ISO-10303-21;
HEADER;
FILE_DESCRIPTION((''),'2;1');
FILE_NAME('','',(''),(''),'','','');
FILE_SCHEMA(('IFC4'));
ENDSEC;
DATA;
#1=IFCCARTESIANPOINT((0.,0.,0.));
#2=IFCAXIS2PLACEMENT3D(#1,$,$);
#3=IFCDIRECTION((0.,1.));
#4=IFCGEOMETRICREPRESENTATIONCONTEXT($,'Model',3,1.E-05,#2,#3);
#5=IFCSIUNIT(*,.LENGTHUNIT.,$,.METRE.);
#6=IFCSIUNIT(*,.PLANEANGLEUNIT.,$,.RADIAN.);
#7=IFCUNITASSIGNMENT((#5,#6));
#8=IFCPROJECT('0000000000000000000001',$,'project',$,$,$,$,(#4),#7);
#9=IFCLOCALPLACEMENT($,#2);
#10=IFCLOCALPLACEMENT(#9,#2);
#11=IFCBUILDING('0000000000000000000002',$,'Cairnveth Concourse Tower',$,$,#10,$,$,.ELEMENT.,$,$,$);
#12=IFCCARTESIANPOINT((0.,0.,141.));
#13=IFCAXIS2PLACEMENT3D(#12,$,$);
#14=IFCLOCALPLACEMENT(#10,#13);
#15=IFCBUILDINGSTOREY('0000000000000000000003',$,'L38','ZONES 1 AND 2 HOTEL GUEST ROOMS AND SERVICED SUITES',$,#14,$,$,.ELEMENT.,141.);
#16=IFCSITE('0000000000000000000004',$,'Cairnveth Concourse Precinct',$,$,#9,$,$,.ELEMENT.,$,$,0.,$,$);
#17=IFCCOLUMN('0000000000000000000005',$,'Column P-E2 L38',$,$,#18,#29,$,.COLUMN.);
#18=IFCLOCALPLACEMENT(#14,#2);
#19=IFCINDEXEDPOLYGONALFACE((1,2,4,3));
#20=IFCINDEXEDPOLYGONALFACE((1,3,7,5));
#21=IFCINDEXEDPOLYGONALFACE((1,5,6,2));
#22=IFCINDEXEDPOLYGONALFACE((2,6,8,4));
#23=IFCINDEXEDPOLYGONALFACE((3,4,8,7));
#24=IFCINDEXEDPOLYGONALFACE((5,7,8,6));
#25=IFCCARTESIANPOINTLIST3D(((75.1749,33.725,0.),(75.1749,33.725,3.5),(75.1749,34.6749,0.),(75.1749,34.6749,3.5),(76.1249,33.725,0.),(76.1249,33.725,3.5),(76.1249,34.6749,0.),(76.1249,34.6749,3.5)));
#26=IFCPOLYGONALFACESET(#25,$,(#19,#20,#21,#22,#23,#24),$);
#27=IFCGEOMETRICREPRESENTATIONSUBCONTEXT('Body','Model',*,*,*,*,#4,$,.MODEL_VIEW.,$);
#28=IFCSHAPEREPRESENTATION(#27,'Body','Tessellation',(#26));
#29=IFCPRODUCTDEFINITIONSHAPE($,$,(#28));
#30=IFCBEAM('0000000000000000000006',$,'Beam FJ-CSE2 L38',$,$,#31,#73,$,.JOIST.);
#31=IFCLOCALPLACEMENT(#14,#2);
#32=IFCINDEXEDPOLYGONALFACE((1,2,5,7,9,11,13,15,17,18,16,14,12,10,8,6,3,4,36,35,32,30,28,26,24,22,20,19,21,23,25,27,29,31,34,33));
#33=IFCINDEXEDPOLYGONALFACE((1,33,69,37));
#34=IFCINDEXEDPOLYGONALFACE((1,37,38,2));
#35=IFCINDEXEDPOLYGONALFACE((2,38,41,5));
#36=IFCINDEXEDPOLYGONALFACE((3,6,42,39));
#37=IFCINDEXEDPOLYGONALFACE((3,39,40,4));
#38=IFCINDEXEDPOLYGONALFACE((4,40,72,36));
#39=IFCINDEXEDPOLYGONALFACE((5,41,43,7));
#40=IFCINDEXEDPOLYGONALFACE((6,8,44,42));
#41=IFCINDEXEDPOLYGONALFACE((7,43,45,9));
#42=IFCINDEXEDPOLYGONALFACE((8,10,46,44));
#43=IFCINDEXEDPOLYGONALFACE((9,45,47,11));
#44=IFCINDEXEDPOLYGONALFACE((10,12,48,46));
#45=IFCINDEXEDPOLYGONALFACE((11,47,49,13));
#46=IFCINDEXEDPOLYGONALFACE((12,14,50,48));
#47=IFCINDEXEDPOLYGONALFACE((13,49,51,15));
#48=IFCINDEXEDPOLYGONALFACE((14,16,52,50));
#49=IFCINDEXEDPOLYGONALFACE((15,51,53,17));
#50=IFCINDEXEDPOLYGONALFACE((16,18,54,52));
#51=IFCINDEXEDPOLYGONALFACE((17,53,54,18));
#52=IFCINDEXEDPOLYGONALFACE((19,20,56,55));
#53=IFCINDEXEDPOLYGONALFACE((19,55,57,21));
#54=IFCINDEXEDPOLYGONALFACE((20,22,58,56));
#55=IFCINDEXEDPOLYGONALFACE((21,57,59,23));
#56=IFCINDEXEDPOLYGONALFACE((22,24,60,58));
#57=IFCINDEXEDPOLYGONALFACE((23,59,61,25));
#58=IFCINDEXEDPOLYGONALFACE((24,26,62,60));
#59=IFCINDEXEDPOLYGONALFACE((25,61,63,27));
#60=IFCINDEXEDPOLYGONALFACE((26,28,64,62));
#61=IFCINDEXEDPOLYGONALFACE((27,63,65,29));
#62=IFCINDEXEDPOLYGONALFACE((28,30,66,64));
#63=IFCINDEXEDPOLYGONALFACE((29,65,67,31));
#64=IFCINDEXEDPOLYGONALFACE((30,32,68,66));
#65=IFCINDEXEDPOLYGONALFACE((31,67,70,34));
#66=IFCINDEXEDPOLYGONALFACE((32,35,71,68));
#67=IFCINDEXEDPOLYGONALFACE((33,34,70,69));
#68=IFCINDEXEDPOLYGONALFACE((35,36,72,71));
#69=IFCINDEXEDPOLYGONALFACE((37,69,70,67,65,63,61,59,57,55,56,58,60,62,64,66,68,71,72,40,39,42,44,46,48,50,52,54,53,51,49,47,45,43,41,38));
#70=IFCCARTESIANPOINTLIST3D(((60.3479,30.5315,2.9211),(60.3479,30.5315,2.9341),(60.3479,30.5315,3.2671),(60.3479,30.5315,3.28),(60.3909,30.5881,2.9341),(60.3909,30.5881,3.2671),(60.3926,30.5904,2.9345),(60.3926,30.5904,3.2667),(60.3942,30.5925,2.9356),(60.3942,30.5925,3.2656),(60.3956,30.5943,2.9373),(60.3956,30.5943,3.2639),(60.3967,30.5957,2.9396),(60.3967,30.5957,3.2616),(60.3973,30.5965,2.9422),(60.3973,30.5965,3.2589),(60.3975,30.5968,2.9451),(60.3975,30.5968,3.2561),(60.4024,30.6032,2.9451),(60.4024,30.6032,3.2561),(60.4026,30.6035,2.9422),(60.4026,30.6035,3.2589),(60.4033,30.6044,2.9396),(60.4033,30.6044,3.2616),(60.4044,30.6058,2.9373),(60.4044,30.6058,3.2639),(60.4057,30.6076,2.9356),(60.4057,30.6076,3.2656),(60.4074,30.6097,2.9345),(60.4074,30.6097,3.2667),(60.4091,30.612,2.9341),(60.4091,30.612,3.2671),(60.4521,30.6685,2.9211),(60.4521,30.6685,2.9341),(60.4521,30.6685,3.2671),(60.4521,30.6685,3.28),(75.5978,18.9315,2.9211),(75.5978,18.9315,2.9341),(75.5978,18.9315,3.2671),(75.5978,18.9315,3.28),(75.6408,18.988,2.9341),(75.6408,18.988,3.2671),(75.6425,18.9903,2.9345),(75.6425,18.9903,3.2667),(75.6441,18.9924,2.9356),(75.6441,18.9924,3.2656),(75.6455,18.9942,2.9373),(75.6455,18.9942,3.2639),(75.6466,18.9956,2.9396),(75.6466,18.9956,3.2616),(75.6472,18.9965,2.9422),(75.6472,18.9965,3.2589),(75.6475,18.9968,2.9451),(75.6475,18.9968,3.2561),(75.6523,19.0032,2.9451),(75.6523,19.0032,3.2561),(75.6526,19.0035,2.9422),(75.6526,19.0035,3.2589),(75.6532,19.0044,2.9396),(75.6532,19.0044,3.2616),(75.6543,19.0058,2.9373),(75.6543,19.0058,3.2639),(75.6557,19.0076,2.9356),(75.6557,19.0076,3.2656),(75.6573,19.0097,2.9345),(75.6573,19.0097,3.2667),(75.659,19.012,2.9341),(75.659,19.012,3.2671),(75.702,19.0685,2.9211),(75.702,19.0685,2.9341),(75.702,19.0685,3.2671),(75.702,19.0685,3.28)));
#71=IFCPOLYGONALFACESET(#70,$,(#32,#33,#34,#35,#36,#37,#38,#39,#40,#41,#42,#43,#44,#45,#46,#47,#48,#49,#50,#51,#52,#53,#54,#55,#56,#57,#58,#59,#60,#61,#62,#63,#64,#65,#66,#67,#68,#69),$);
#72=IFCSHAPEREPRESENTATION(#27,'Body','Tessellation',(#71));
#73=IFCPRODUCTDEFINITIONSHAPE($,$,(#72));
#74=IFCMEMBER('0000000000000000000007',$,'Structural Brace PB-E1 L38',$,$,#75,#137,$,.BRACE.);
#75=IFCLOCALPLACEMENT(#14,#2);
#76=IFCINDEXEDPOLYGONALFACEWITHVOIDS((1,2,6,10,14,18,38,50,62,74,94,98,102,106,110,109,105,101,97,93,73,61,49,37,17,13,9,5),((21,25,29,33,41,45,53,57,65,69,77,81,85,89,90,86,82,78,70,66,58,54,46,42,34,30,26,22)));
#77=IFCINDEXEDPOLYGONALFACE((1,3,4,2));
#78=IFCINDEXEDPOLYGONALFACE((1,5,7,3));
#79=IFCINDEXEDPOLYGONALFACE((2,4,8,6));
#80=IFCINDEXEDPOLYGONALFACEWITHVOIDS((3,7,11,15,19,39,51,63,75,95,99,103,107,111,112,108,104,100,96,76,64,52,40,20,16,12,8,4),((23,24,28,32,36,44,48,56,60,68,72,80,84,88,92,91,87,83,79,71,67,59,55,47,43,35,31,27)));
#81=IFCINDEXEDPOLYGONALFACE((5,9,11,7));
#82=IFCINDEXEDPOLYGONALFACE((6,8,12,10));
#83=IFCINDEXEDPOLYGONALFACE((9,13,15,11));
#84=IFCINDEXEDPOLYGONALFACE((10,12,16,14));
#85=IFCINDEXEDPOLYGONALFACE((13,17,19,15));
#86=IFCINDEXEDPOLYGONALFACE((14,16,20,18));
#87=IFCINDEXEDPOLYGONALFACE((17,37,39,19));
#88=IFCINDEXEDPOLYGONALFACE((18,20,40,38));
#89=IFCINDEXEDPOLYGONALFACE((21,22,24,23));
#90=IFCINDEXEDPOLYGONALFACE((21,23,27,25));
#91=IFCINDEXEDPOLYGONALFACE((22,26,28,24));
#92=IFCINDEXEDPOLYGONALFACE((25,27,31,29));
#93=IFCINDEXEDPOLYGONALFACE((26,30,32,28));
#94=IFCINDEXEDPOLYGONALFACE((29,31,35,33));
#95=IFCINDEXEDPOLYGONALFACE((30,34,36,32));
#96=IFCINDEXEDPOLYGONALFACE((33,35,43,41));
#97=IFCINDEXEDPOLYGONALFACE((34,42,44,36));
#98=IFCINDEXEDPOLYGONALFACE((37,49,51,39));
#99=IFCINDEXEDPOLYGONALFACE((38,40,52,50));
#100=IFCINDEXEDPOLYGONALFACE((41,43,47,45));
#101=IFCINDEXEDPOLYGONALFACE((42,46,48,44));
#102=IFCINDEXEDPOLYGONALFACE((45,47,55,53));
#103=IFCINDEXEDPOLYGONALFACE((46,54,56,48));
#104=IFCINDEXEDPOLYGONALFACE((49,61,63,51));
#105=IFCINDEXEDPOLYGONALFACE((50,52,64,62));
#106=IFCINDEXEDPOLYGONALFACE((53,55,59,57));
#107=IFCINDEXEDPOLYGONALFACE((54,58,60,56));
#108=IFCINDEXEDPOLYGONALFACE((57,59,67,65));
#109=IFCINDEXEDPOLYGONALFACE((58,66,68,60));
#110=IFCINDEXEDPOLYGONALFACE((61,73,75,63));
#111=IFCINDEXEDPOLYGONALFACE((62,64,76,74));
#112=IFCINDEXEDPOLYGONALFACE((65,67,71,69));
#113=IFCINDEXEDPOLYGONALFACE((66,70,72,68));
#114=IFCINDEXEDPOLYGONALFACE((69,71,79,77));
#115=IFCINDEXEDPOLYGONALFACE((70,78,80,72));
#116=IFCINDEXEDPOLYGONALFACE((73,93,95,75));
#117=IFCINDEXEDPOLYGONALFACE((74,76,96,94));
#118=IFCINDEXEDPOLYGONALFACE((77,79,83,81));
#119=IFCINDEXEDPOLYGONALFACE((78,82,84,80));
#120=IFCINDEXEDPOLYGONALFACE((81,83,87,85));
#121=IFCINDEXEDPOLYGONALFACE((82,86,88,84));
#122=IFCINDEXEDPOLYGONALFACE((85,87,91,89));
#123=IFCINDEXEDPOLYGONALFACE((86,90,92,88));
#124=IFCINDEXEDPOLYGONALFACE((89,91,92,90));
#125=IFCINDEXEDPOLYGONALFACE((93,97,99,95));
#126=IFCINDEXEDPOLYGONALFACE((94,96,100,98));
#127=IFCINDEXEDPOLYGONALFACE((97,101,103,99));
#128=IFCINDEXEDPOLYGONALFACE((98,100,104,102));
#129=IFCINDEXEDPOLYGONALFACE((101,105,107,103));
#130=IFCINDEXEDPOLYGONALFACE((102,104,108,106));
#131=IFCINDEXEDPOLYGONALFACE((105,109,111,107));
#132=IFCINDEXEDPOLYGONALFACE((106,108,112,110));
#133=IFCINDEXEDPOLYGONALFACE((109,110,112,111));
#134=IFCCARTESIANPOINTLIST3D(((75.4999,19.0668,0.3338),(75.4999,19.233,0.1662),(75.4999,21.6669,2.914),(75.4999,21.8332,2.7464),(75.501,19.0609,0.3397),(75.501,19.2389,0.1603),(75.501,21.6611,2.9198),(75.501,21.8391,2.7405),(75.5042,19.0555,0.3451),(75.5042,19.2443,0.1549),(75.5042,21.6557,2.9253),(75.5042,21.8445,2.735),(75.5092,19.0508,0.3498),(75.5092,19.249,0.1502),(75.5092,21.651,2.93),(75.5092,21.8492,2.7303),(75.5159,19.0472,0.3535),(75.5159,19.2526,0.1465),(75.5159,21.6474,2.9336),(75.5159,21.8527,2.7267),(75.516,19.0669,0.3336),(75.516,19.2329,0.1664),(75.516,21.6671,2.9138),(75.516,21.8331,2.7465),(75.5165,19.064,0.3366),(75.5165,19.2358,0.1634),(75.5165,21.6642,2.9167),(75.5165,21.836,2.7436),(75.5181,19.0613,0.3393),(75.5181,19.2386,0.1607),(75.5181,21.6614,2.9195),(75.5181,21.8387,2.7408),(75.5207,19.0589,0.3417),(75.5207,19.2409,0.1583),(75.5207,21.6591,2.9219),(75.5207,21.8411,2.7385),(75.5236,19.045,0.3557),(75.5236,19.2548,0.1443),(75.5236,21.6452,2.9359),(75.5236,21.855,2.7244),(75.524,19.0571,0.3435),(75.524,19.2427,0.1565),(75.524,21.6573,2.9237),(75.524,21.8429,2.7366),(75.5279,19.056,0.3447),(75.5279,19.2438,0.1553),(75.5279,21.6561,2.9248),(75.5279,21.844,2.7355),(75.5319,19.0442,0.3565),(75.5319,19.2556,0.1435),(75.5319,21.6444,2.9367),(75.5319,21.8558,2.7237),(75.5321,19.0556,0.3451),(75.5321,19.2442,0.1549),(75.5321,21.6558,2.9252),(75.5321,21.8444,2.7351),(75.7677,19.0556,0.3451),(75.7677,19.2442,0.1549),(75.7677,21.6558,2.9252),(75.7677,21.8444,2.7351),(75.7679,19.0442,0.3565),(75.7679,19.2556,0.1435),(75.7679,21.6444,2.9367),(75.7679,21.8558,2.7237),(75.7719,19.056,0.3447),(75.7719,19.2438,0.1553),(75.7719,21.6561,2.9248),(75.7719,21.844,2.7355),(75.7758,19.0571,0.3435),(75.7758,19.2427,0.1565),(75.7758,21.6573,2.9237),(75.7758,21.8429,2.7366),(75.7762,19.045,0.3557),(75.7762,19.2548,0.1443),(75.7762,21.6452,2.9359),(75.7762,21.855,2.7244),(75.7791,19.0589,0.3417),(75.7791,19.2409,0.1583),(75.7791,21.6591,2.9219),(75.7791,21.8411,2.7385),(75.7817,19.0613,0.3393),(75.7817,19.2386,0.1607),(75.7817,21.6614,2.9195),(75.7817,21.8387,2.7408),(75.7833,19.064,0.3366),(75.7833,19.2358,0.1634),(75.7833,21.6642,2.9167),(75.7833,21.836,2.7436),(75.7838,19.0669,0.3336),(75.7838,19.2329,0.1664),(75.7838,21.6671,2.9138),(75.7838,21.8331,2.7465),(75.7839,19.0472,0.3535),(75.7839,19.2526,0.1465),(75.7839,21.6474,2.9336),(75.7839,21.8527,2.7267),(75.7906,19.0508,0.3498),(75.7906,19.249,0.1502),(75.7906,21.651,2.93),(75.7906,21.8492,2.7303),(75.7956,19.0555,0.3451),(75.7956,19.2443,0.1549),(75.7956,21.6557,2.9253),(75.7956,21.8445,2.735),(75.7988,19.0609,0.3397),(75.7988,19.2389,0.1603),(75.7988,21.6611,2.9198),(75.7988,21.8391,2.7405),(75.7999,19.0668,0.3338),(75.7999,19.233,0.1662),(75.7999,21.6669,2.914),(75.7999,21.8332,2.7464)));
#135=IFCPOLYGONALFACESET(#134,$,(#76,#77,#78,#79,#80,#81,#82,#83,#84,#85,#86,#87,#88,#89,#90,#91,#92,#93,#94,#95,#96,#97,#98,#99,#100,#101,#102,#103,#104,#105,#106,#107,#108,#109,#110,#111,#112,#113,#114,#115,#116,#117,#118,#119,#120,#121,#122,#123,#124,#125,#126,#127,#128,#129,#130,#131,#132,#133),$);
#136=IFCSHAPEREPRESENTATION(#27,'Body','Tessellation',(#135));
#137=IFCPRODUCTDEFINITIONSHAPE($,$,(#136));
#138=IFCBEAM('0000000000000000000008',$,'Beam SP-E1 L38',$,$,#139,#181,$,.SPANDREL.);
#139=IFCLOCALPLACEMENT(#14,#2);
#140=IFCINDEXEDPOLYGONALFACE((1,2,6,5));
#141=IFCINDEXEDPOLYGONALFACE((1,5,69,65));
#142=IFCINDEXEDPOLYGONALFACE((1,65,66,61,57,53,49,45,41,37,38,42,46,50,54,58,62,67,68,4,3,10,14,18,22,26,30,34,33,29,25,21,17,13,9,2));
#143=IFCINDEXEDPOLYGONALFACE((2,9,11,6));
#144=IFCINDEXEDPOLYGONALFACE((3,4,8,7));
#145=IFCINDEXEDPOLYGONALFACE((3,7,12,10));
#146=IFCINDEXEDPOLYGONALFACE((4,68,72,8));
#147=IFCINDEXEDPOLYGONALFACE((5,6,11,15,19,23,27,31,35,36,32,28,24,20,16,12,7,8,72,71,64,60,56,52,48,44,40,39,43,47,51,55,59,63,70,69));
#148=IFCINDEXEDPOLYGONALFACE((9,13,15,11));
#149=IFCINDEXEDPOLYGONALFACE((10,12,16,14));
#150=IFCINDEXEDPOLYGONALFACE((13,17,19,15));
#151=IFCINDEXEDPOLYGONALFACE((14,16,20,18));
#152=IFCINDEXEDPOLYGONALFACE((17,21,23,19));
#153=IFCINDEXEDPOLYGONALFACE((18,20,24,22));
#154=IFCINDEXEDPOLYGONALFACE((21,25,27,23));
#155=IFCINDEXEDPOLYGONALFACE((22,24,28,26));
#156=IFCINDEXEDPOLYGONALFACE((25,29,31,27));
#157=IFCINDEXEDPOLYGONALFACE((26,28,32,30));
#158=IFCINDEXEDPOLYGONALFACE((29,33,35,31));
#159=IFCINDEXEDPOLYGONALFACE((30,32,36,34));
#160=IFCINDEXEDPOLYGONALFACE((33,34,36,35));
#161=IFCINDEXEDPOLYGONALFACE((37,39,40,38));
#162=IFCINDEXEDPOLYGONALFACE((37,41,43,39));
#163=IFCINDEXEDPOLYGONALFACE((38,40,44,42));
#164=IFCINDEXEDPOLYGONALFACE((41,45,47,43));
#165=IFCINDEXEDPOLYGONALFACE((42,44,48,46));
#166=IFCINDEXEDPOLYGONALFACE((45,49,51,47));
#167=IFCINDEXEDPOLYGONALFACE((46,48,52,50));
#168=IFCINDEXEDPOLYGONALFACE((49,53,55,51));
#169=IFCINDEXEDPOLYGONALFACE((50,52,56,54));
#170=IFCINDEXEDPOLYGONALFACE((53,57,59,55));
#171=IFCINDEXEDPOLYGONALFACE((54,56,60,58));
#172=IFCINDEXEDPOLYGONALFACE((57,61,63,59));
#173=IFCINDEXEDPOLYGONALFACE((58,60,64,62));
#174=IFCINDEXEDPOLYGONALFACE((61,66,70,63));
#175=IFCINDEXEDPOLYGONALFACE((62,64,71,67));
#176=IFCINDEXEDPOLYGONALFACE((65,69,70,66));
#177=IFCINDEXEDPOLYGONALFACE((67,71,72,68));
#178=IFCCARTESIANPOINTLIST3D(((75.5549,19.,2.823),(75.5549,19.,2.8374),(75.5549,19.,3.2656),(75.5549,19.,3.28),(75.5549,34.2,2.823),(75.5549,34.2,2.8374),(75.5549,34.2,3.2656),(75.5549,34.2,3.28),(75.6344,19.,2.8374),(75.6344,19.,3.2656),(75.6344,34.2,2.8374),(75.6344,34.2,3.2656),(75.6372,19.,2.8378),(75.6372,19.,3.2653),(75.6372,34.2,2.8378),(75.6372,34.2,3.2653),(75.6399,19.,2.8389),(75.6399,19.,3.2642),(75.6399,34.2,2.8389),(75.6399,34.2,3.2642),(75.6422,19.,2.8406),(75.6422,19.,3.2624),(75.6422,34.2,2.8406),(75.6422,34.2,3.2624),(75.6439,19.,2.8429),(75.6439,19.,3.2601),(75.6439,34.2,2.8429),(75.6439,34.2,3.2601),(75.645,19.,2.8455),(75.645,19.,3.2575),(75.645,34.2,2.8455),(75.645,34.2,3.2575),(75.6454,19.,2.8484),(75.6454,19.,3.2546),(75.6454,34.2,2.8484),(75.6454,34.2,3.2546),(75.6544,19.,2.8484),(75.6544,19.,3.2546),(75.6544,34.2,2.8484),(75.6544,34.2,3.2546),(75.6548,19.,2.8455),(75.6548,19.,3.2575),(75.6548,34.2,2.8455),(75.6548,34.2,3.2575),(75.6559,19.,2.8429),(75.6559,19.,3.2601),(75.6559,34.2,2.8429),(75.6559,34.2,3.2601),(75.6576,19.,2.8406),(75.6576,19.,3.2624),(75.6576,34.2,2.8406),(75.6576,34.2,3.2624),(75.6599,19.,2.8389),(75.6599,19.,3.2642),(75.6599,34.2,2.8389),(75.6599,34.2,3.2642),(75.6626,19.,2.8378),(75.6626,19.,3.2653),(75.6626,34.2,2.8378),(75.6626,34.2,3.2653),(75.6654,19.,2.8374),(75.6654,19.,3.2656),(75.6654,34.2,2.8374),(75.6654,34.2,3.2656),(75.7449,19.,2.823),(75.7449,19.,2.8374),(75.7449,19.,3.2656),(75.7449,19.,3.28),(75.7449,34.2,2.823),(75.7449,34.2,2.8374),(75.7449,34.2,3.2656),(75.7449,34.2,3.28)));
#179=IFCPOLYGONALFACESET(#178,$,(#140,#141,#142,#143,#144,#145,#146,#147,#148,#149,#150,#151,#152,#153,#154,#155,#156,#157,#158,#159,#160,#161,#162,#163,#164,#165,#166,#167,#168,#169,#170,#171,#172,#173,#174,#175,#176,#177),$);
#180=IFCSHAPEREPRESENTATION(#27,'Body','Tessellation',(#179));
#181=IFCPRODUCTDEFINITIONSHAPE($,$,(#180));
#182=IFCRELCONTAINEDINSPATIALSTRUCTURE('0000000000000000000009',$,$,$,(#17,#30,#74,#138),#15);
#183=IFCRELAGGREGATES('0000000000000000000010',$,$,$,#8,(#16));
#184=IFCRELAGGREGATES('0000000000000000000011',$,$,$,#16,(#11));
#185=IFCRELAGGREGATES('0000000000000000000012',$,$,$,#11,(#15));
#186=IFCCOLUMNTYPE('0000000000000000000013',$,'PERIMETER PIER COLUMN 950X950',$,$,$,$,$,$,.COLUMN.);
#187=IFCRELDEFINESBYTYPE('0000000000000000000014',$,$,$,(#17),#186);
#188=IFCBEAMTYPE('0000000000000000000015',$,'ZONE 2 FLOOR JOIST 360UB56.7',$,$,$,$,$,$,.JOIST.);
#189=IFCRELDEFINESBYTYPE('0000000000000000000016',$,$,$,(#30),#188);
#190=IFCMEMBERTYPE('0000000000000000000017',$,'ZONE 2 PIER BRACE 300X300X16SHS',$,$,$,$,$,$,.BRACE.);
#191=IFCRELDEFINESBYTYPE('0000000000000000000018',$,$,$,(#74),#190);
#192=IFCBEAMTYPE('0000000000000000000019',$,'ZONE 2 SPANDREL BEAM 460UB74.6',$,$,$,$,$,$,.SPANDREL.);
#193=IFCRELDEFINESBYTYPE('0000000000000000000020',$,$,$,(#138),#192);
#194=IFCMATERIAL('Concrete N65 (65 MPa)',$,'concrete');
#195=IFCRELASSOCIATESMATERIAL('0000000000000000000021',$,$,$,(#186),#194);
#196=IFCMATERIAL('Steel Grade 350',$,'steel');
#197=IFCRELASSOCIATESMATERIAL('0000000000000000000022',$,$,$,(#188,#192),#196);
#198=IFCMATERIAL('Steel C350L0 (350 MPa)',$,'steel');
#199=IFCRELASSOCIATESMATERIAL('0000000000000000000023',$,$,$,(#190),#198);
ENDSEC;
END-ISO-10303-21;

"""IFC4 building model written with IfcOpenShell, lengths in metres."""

from ifc_helpers import new_model, si_unit, direction, frame, origin, origin_2d, place, context, subcontext, project, spatial, rectangle, hollow_rectangle, i_section, extrude, material, material_profile, profile_set, type_object, element, save


model = new_model("IFC4")

# Units and contexts
model_context = context("Model", 3, precision=1e-05, world=origin(), true_north=direction((0.0, 1.0)))
body_context = subcontext(model_context, "Body", "Model", "MODEL_VIEW")
ifc_project = project(units=[si_unit("LENGTHUNIT", "METRE"), si_unit("PLANEANGLEUNIT", "RADIAN")], contexts=[model_context])

# Site, building, storey
site_placement = place(None, origin())
site = spatial("IfcSite", under=ifc_project, at=site_placement, Name="Cairnveth Concourse Precinct", CompositionType="ELEMENT", RefElevation=0.0)
building_placement = place(site_placement, origin())
building = spatial("IfcBuilding", under=site, at=building_placement, Name="Cairnveth Concourse Tower", CompositionType="ELEMENT")
storey_placement = place(building_placement, frame((0.0, 0.0, 141.0)))
storey = spatial("IfcBuildingStorey", under=building, at=storey_placement, Name="L38", Description="ZONES 1 AND 2 HOTEL GUEST ROOMS AND SERVICED SUITES", CompositionType="ELEMENT", Elevation=141.0)

# Column
ifc_material_1 = material(Name="Concrete N65 (65 MPa)", Category="concrete")
ifc_material_profile_1 = material_profile(ifc_material_1, rectangle(XDim=0.95, YDim=0.95, at=origin_2d()), Name="RC-COL-950x950")
ifc_profile_set_1 = profile_set([ifc_material_profile_1], Name="Concrete N65 (65 MPa)")
column_type = type_object("IfcColumnType", Name="PERIMETER PIER COLUMN 950X950", PredefinedType="COLUMN", material=ifc_profile_set_1)
column_placement = place(storey_placement, frame((75.6499, 34.2, 0.0), z_axis=(0.0, 0.0, 1.0), x_axis=(0.0, 1.0, 0.0)))
element("IfcColumn", 1, at=column_placement, inside=storey, type_object=column_type, Name="Column P-E2 L38", PredefinedType="COLUMN", context=body_context, shape_type="SweptSolid", body=[
    extrude(rectangle(XDim=0.95, YDim=0.95, at=origin_2d()), origin(), (0.0, 0.0, 1.0), 3.5),
])

# Beam
ifc_material_2 = material(Name="Steel Grade 350", Category="steel")
ifc_material_profile_2 = material_profile(ifc_material_2, i_section(OverallWidth=0.1721, OverallDepth=0.3589, WebThickness=0.0081, FlangeThickness=0.0129, FilletRadius=0.011, at=origin_2d()), Name="360UB56.7")
ifc_profile_set_2 = profile_set([ifc_material_profile_2], Name="Steel Grade 350")
beam_type_1 = type_object("IfcBeamType", Name="ZONE 2 FLOOR JOIST 360UB56.7", PredefinedType="JOIST", material=ifc_profile_set_2)
beam_1_placement = place(storey_placement, frame((75.6499, 19.0, 3.1006), z_axis=(-0.795908, 0.605417, 0.0), x_axis=(-0.605417, -0.795908, 0.0)))
element("IfcBeam", 2, at=beam_1_placement, inside=storey, type_object=beam_type_1, Name="Beam FJ-CSE2 L38", PredefinedType="JOIST", context=body_context, shape_type="SweptSolid", body=[
    extrude(i_section(OverallWidth=0.1721, OverallDepth=0.3589, WebThickness=0.0081, FlangeThickness=0.0129, FilletRadius=0.011, at=origin_2d()), origin(), (0.0, 0.0, 1.0), 19.1604),
])

# Member
ifc_material_3 = material(Name="Steel C350L0 (350 MPa)", Category="steel")
ifc_material_profile_3 = material_profile(ifc_material_3, hollow_rectangle(XDim=0.3, YDim=0.3, WallThickness=0.0161, InnerFilletRadius=0.0161, OuterFilletRadius=0.032, at=origin_2d()), Name="300x300x16.0SHS")
ifc_profile_set_3 = profile_set([ifc_material_profile_3], Name="Steel C350L0 (350 MPa)")
member_type = type_object("IfcMemberType", Name="ZONE 2 PIER BRACE 300X300X16SHS", PredefinedType="BRACE", material=ifc_profile_set_3)
member_placement = place(storey_placement, frame((75.6499, 19.1499, 0.25), z_axis=(0.0, 0.709834, 0.704369), x_axis=(-1.0, 0.0, 0.0)))
element("IfcMember", 3, at=member_placement, inside=storey, type_object=member_type, Name="Structural Brace PB-E1 L38", PredefinedType="BRACE", context=body_context, shape_type="SweptSolid", body=[
    extrude(hollow_rectangle(XDim=0.3, YDim=0.3, WallThickness=0.0161, InnerFilletRadius=0.0161, OuterFilletRadius=0.032, at=origin_2d()), origin(), (0.0, 0.0, 1.0), 3.6631),
])

# Beam
ifc_material_profile_4 = material_profile(ifc_material_2, i_section(OverallWidth=0.1899, OverallDepth=0.457, WebThickness=0.009, FlangeThickness=0.0144, FilletRadius=0.011, at=origin_2d()), Name="460UB74.6")
ifc_profile_set_4 = profile_set([ifc_material_profile_4], Name="Steel Grade 350")
beam_type_2 = type_object("IfcBeamType", Name="ZONE 2 SPANDREL BEAM 460UB74.6", PredefinedType="SPANDREL", material=ifc_profile_set_4)
beam_2_placement = place(storey_placement, frame((75.6499, 19.0, 3.0515), z_axis=(0.0, 1.0, 0.0), x_axis=(-1.0, 0.0, 0.0)))
element("IfcBeam", 4, at=beam_2_placement, inside=storey, type_object=beam_type_2, Name="Beam SP-E1 L38", PredefinedType="SPANDREL", context=body_context, shape_type="SweptSolid", body=[
    extrude(i_section(OverallWidth=0.1899, OverallDepth=0.457, WebThickness=0.009, FlangeThickness=0.0144, FilletRadius=0.011, at=origin_2d()), origin(), (0.0, 0.0, 1.0), 15.2),
])

save(model, "model.ifc")
